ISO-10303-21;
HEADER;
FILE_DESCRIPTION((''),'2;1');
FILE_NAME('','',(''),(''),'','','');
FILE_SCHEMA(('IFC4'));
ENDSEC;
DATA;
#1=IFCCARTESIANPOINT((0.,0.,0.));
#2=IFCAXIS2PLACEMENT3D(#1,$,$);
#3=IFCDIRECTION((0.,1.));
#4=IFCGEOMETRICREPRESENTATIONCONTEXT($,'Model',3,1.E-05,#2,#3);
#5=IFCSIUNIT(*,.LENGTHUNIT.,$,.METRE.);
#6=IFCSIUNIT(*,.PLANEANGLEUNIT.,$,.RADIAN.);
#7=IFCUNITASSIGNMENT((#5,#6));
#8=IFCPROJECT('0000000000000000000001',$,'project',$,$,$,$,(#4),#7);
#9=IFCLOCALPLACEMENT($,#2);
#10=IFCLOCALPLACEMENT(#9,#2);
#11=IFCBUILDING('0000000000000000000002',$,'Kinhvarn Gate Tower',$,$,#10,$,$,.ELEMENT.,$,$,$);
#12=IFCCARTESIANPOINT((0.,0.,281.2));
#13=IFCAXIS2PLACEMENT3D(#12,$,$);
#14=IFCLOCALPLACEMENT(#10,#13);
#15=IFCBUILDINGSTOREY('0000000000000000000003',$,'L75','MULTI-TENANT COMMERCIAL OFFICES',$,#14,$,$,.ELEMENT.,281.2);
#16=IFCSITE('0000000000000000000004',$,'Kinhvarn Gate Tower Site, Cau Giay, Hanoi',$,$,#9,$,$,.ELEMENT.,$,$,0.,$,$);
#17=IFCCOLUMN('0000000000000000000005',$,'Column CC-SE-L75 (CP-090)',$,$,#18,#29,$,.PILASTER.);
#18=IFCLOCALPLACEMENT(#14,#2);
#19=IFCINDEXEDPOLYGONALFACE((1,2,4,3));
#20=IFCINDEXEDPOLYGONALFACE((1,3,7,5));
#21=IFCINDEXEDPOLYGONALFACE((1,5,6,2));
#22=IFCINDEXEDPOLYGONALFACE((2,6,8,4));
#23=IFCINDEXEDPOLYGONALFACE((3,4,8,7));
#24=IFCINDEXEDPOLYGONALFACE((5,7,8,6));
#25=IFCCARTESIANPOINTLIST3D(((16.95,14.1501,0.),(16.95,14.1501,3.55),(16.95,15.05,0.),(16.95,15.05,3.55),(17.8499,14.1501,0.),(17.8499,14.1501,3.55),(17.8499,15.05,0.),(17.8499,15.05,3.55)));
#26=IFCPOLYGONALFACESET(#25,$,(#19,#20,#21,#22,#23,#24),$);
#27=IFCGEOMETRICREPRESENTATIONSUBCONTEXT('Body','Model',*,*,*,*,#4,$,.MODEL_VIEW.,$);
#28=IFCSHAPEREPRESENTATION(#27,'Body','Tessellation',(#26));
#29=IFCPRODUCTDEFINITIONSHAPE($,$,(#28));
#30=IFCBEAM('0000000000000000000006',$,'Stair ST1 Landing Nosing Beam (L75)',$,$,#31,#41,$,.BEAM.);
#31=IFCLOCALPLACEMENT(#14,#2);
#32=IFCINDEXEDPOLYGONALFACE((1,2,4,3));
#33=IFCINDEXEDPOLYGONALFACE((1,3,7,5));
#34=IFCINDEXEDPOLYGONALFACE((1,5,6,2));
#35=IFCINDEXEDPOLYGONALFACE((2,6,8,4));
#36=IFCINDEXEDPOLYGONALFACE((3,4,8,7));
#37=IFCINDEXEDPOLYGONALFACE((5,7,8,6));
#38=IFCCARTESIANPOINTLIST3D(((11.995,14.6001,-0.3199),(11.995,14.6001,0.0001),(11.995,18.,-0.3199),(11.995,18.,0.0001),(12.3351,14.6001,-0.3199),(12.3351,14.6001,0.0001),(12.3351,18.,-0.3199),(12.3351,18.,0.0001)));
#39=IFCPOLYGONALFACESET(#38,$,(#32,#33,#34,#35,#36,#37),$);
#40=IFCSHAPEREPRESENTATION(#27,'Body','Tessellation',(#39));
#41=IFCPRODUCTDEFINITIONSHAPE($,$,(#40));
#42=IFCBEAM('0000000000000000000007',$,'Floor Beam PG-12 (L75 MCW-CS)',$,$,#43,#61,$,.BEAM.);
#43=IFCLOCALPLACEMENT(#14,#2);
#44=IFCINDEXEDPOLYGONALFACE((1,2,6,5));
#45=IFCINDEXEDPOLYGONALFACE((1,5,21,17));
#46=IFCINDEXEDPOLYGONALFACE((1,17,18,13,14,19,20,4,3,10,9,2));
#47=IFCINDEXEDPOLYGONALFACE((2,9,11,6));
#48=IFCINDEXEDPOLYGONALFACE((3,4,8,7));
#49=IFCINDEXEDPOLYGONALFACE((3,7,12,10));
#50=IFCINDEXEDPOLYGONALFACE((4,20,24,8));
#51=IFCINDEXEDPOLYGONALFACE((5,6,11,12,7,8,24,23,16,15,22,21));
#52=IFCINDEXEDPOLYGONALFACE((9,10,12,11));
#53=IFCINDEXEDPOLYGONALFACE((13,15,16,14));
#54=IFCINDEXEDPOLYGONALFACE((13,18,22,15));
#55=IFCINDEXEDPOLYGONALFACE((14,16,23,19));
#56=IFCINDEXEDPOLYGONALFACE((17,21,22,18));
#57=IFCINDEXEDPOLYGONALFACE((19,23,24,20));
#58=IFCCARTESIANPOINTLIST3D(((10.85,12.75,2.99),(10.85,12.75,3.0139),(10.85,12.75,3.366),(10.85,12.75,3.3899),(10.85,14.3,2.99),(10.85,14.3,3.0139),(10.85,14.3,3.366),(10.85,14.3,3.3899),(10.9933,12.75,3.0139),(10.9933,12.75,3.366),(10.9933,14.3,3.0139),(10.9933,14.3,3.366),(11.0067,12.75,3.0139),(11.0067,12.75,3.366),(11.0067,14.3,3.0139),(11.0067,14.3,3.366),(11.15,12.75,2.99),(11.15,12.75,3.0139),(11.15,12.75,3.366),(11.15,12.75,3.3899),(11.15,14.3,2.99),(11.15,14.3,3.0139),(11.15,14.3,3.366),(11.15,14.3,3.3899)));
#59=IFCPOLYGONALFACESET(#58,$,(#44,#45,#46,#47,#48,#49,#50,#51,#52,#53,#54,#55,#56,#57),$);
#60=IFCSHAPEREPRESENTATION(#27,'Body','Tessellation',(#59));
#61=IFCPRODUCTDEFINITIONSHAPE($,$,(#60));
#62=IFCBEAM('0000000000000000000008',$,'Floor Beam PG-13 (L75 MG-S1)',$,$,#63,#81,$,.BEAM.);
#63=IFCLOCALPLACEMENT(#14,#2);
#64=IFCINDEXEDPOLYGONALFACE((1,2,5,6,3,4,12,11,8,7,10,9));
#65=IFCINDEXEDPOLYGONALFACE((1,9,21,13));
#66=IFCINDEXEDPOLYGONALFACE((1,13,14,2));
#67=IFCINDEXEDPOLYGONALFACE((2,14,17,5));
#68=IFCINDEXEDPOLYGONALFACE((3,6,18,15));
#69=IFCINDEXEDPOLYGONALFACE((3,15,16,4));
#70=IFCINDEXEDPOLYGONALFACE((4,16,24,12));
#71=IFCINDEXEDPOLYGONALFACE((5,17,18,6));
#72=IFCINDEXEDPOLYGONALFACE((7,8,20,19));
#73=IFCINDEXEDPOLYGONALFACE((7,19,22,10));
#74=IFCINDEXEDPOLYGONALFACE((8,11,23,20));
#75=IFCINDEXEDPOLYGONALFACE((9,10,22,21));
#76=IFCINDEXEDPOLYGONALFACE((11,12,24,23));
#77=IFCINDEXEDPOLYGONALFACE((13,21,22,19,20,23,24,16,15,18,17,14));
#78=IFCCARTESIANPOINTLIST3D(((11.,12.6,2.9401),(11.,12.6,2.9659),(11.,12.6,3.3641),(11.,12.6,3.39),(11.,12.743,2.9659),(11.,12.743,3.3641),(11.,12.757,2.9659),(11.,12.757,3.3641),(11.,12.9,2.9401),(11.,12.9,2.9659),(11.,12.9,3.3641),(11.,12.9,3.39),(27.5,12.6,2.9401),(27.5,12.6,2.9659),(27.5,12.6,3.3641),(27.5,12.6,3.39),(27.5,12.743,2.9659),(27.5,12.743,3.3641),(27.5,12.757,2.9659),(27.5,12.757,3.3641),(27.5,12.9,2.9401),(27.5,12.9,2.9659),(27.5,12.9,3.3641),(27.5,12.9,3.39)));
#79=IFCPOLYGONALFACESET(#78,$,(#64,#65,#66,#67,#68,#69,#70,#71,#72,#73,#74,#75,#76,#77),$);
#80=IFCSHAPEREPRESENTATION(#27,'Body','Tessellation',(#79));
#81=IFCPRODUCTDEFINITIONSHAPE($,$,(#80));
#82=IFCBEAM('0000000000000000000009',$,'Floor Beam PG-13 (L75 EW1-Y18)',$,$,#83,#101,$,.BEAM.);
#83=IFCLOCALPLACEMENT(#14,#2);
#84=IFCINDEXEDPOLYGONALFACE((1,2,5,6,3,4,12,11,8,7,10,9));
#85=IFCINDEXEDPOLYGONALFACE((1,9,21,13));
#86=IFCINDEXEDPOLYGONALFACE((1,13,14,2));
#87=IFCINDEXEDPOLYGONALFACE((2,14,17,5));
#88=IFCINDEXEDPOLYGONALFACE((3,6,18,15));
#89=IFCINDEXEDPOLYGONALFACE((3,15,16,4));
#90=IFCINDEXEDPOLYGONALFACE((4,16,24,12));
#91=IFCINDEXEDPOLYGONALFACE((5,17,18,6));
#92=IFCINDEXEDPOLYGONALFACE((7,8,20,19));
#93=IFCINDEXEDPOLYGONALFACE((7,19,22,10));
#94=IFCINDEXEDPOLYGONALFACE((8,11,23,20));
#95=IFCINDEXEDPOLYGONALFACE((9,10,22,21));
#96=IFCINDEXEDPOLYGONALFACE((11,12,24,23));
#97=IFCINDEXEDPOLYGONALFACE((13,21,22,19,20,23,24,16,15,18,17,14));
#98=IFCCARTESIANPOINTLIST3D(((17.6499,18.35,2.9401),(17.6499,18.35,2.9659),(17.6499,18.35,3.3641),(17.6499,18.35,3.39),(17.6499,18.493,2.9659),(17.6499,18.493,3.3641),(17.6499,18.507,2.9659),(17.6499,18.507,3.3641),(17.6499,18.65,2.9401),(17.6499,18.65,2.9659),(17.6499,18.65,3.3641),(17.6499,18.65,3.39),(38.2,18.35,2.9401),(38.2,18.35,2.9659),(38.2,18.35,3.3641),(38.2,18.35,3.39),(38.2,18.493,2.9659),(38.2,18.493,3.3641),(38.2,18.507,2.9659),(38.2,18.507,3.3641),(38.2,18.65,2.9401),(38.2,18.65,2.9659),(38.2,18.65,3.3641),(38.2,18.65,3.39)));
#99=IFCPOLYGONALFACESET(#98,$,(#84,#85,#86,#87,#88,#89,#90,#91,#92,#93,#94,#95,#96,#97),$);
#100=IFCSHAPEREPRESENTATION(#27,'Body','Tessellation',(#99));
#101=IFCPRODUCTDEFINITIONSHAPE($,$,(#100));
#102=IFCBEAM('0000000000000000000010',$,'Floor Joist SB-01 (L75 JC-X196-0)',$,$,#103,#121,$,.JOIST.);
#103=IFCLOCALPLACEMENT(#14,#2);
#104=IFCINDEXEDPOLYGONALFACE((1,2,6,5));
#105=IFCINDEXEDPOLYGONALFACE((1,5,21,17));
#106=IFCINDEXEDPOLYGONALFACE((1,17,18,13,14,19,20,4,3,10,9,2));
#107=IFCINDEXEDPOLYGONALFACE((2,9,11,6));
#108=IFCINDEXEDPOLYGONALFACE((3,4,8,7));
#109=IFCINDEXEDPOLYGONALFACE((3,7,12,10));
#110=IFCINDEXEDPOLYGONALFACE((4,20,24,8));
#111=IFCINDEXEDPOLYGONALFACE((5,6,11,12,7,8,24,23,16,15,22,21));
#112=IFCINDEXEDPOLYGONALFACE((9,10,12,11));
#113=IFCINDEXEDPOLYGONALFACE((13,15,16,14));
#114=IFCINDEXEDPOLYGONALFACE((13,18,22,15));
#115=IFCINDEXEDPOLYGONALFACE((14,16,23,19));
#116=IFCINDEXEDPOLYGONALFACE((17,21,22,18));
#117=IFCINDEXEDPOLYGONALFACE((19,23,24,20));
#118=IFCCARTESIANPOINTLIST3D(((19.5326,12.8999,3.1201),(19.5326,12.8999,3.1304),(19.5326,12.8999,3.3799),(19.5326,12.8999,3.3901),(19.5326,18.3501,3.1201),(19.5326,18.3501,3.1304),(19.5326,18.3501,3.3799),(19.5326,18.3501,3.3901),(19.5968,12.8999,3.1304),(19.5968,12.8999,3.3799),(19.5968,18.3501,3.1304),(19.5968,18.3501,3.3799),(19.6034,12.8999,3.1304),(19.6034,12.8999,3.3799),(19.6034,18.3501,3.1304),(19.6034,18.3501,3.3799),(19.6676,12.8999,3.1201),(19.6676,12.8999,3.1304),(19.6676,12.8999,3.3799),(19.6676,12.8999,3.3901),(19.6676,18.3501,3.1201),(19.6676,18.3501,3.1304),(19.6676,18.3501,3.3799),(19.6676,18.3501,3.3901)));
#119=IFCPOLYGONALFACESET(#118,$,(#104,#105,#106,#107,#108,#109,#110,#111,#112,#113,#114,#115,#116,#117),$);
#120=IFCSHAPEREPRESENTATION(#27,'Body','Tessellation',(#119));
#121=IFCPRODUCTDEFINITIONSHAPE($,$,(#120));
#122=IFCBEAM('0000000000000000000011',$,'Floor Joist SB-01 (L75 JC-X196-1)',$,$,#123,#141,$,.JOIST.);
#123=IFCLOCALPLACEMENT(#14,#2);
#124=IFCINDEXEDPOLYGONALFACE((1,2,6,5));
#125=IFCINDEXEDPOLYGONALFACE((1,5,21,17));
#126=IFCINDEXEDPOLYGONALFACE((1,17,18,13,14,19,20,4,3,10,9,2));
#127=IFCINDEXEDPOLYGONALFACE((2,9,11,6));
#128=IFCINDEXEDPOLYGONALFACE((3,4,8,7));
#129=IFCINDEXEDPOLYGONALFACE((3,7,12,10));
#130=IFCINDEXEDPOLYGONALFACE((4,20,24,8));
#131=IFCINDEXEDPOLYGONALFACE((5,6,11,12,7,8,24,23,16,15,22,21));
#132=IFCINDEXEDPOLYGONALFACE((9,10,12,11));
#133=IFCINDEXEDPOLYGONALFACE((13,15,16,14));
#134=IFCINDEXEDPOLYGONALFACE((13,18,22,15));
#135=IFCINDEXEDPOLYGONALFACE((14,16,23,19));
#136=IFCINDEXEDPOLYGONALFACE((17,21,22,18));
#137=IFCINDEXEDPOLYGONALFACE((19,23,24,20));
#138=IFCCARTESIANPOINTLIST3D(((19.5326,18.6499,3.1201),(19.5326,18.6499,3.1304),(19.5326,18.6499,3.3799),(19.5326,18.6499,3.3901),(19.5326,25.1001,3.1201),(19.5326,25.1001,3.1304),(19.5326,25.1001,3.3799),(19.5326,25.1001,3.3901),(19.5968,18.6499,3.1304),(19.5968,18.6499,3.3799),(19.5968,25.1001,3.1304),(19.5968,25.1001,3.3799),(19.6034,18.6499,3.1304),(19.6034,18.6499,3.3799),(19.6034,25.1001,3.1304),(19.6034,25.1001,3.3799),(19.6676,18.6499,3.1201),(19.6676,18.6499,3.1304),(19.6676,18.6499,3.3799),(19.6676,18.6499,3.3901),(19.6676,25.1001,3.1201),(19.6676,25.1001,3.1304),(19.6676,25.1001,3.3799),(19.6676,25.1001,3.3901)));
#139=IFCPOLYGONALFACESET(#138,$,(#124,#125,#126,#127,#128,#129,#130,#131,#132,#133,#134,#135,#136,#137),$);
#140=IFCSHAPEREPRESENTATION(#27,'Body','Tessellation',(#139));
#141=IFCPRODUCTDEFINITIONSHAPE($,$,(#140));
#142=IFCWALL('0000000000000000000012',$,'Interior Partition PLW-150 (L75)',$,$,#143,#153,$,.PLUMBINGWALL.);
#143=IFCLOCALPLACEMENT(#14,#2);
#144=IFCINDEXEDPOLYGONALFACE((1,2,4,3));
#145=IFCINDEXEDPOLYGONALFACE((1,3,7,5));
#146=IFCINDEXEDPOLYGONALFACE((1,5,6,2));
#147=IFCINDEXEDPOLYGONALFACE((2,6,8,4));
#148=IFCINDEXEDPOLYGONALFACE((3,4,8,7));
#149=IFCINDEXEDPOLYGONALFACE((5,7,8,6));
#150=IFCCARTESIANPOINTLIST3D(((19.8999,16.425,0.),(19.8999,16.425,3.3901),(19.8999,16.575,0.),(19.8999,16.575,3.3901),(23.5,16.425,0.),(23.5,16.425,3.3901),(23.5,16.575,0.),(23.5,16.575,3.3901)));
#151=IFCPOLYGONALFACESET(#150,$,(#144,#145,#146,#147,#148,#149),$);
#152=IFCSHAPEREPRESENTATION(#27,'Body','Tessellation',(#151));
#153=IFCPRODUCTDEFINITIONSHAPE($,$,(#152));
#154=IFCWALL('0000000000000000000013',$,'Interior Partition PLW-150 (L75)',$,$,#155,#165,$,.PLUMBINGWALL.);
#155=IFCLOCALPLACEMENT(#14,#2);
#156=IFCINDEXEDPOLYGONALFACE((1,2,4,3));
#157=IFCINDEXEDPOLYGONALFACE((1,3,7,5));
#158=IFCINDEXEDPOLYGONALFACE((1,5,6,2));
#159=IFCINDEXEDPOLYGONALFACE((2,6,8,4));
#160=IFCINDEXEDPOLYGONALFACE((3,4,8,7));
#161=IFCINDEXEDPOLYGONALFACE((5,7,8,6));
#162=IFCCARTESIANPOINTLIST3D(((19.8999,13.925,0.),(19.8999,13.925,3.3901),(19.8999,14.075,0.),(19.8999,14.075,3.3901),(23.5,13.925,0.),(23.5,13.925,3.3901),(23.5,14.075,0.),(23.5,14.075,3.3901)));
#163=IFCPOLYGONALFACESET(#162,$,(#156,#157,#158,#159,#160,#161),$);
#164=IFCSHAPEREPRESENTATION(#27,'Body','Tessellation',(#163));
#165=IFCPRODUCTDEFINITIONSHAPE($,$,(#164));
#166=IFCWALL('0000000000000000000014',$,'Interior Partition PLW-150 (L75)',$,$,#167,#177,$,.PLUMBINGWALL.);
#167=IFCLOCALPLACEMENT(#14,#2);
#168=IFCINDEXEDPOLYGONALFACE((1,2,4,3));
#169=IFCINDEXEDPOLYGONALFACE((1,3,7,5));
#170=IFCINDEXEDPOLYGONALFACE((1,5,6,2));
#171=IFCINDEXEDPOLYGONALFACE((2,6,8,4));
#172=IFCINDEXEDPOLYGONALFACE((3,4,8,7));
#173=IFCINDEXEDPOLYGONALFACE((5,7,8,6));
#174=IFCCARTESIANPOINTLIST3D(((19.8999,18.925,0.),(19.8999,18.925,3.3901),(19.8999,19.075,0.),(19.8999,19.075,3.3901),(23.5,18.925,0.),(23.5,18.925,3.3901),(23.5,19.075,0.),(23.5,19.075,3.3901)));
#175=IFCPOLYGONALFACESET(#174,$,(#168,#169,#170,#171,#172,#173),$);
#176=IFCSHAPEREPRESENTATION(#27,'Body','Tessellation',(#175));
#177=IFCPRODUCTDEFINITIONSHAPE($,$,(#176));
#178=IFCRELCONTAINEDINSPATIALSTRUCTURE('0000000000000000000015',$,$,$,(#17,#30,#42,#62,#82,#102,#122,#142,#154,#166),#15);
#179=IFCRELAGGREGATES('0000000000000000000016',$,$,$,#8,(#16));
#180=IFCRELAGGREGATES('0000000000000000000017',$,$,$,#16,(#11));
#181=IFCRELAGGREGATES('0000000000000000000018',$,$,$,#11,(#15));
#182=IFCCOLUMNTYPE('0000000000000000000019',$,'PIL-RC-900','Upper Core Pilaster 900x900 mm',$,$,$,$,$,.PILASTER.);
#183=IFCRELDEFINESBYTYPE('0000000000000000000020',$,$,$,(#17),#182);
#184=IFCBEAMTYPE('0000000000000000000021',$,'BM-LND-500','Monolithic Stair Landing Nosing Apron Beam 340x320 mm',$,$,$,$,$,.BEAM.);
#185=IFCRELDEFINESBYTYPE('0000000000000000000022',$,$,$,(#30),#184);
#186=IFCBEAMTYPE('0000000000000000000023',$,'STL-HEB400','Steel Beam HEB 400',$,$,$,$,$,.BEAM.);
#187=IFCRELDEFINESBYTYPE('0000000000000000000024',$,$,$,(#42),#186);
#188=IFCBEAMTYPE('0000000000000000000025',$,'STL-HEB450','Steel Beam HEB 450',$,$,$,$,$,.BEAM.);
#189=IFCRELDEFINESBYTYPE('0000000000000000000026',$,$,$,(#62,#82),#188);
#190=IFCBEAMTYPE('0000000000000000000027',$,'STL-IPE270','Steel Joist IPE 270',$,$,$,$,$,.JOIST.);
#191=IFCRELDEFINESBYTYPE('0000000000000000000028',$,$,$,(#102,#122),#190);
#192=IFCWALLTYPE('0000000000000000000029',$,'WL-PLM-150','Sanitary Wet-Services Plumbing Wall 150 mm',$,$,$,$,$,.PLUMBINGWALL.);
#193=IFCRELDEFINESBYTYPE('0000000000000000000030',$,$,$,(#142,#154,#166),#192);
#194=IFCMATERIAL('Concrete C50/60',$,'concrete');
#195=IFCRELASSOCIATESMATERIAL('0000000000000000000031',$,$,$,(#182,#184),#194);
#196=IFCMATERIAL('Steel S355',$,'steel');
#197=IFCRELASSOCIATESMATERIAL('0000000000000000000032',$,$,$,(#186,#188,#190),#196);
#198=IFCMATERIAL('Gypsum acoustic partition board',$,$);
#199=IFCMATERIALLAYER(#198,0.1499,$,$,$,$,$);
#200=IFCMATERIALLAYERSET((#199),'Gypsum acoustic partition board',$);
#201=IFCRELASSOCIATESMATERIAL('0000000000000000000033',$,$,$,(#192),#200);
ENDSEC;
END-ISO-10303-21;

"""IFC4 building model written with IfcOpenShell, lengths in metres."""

from ifc_helpers import new_model, si_unit, direction, frame, frame_2d, origin, origin_2d, place, context, subcontext, project, spatial, rectangle, i_section, extrude, material, layer, layer_set, material_profile, profile_set, type_object, element, save


model = new_model("IFC4")

# Units and contexts
model_context = context("Model", 3, precision=1e-05, world=origin(), true_north=direction((0.0, 1.0)))
body_context = subcontext(model_context, "Body", "Model", "MODEL_VIEW")
ifc_project = project(units=[si_unit("LENGTHUNIT", "METRE"), si_unit("PLANEANGLEUNIT", "RADIAN")], contexts=[model_context])

# Site, building, storey
site_placement = place(None, origin())
site = spatial("IfcSite", under=ifc_project, at=site_placement, Name="Kinhvarn Gate Tower Site, Cau Giay, Hanoi", CompositionType="ELEMENT", RefElevation=0.0)
building_placement = place(site_placement, origin())
building = spatial("IfcBuilding", under=site, at=building_placement, Name="Kinhvarn Gate Tower", CompositionType="ELEMENT")
storey_placement = place(building_placement, frame((0.0, 0.0, 281.2)))
storey = spatial("IfcBuildingStorey", under=building, at=storey_placement, Name="L75", Description="MULTI-TENANT COMMERCIAL OFFICES", CompositionType="ELEMENT", Elevation=281.2)

# Column
ifc_material_1 = material(Name="Concrete C50/60", Category="concrete")
ifc_material_profile_1 = material_profile(ifc_material_1, rectangle(XDim=0.8999, YDim=0.8999, at=origin_2d()), Name="RC 900x900")
ifc_profile_set_1 = profile_set([ifc_material_profile_1], Name="Concrete C50/60")
column_type = type_object("IfcColumnType", Name="PIL-RC-900", Description="Upper Core Pilaster 900x900 mm", PredefinedType="PILASTER", material=ifc_profile_set_1)
column_placement = place(storey_placement, frame((17.3999, 14.6001, 0.0), z_axis=(0.0, 0.0, 1.0), x_axis=(1.0, 0.0, 0.0)))
element("IfcColumn", 1, at=column_placement, inside=storey, type_object=column_type, Name="Column CC-SE-L75 (CP-090)", PredefinedType="PILASTER", context=body_context, shape_type="SweptSolid", body=[
    extrude(rectangle(XDim=0.8999, YDim=0.8999, at=origin_2d()), origin(), (0.0, 0.0, 1.0), 3.55),
])

# Beams
ifc_material_profile_2 = material_profile(ifc_material_1, rectangle(XDim=0.3401, YDim=0.3201, at=origin_2d()), Name="RC 340x320")
ifc_profile_set_2 = profile_set([ifc_material_profile_2], Name="Concrete C50/60")
beam_type_1 = type_object("IfcBeamType", Name="BM-LND-500", Description="Monolithic Stair Landing Nosing Apron Beam 340x320 mm", PredefinedType="BEAM", material=ifc_profile_set_2)
beam_1_placement = place(storey_placement, frame((12.165, 14.6001, -0.1599), z_axis=(0.0, 1.0, 0.0), x_axis=(-1.0, 0.0, 0.0)))
element("IfcBeam", 2, at=beam_1_placement, inside=storey, type_object=beam_type_1, Name="Stair ST1 Landing Nosing Beam (L75)", PredefinedType="BEAM", context=body_context, shape_type="SweptSolid", body=[
    extrude(rectangle(XDim=0.3401, YDim=0.3201, at=origin_2d()), origin(), (0.0, 0.0, 1.0), 3.3999),
])
ifc_material_2 = material(Name="Steel S355", Category="steel")
ifc_material_profile_3 = material_profile(ifc_material_2, i_section(OverallWidth=0.3, OverallDepth=0.3999, WebThickness=0.0134, FlangeThickness=0.0239, at=origin_2d()), Name="HEB 400")
ifc_profile_set_3 = profile_set([ifc_material_profile_3], Name="Steel S355")
beam_type_2 = type_object("IfcBeamType", Name="STL-HEB400", Description="Steel Beam HEB 400", PredefinedType="BEAM", material=ifc_profile_set_3)
beam_2_placement = place(storey_placement, frame((11.0, 12.75, 3.1899), z_axis=(0.0, 1.0, 0.0), x_axis=(-1.0, 0.0, 0.0)))
element("IfcBeam", 3, at=beam_2_placement, inside=storey, type_object=beam_type_2, Name="Floor Beam PG-12 (L75 MCW-CS)", PredefinedType="BEAM", context=body_context, shape_type="SweptSolid", body=[
    extrude(i_section(OverallWidth=0.3, OverallDepth=0.3999, WebThickness=0.0134, FlangeThickness=0.0239, at=origin_2d()), origin(), (0.0, 0.0, 1.0), 1.55),
])
ifc_material_profile_4 = material_profile(ifc_material_2, i_section(OverallWidth=0.3, OverallDepth=0.45, WebThickness=0.0139, FlangeThickness=0.0259, at=origin_2d()), Name="HEB 450")
ifc_profile_set_4 = profile_set([ifc_material_profile_4], Name="Steel S355")
beam_type_3 = type_object("IfcBeamType", Name="STL-HEB450", Description="Steel Beam HEB 450", PredefinedType="BEAM", material=ifc_profile_set_4)
beam_3_placement = place(storey_placement, frame((11.0, 12.75, 3.165), z_axis=(1.0, 0.0, 0.0), x_axis=(0.0, 1.0, 0.0)))
element("IfcBeam", 4, at=beam_3_placement, inside=storey, type_object=beam_type_3, Name="Floor Beam PG-13 (L75 MG-S1)", PredefinedType="BEAM", context=body_context, shape_type="SweptSolid", body=[
    extrude(i_section(OverallWidth=0.3, OverallDepth=0.45, WebThickness=0.0139, FlangeThickness=0.0259, at=origin_2d()), origin(), (0.0, 0.0, 1.0), 16.5),
])
beam_4_placement = place(storey_placement, frame((17.6499, 18.5, 3.165), z_axis=(1.0, 0.0, 0.0), x_axis=(0.0, 1.0, 0.0)))
element("IfcBeam", 5, at=beam_4_placement, inside=storey, type_object=beam_type_3, Name="Floor Beam PG-13 (L75 EW1-Y18)", PredefinedType="BEAM", context=body_context, shape_type="SweptSolid", body=[
    extrude(i_section(OverallWidth=0.3, OverallDepth=0.45, WebThickness=0.0139, FlangeThickness=0.0259, at=origin_2d()), origin(), (0.0, 0.0, 1.0), 20.55),
])
ifc_material_profile_5 = material_profile(ifc_material_2, i_section(OverallWidth=0.135, OverallDepth=0.27, WebThickness=0.0066, FlangeThickness=0.0103, at=origin_2d()), Name="IPE 270")
ifc_profile_set_5 = profile_set([ifc_material_profile_5], Name="Steel S355")
beam_type_4 = type_object("IfcBeamType", Name="STL-IPE270", Description="Steel Joist IPE 270", PredefinedType="JOIST", material=ifc_profile_set_5)
beam_5_placement = place(storey_placement, frame((19.6001, 12.8999, 3.2551), z_axis=(0.0, 1.0, 0.0), x_axis=(-1.0, 0.0, 0.0)))
element("IfcBeam", 6, at=beam_5_placement, inside=storey, type_object=beam_type_4, Name="Floor Joist SB-01 (L75 JC-X196-0)", PredefinedType="JOIST", context=body_context, shape_type="SweptSolid", body=[
    extrude(i_section(OverallWidth=0.135, OverallDepth=0.27, WebThickness=0.0066, FlangeThickness=0.0103, at=origin_2d()), origin(), (0.0, 0.0, 1.0), 5.4502),
])
beam_6_placement = place(storey_placement, frame((19.6001, 18.6499, 3.2551), z_axis=(0.0, 1.0, 0.0), x_axis=(-1.0, 0.0, 0.0)))
element("IfcBeam", 7, at=beam_6_placement, inside=storey, type_object=beam_type_4, Name="Floor Joist SB-01 (L75 JC-X196-1)", PredefinedType="JOIST", context=body_context, shape_type="SweptSolid", body=[
    extrude(i_section(OverallWidth=0.135, OverallDepth=0.27, WebThickness=0.0066, FlangeThickness=0.0103, at=origin_2d()), origin(), (0.0, 0.0, 1.0), 6.4502),
])

# Walls
ifc_material_3 = material(Name="Gypsum acoustic partition board")
ifc_layer_1 = layer(ifc_material_3, 0.1499)
ifc_layer_set_1 = layer_set([ifc_layer_1], Name="Gypsum acoustic partition board")
wall_type_1 = type_object("IfcWallType", Name="WL-PLM-150", Description="Sanitary Wet-Services Plumbing Wall 150 mm", PredefinedType="PLUMBINGWALL", material=ifc_layer_set_1)
for number, where, z_axis, x_axis, name in (
    (8, (19.8999, 16.5, 0.0), (0.0, 0.0, 1.0), (1.0, 0.0, 0.0), "Interior Partition PLW-150 (L75)"),
    (9, (19.8999, 14.0, 0.0), (0.0, 0.0, 1.0), (1.0, 0.0, 0.0), "Interior Partition PLW-150 (L75)"),
    (10, (19.8999, 19.0, 0.0), (0.0, 0.0, 1.0), (1.0, 0.0, 0.0), "Interior Partition PLW-150 (L75)"),
):
    element("IfcWall", number, at=place(storey_placement, frame(where, z_axis=z_axis, x_axis=x_axis)), inside=storey, type_object=wall_type_1, Name=name, PredefinedType="PLUMBINGWALL", context=body_context, shape_type="SweptSolid", body=[
        extrude(rectangle(XDim=3.6001, YDim=0.1499, at=frame_2d((1.8, 0.0))), origin(), (0.0, 0.0, 1.0), 3.3901),
    ])

save(model, "model.ifc")
